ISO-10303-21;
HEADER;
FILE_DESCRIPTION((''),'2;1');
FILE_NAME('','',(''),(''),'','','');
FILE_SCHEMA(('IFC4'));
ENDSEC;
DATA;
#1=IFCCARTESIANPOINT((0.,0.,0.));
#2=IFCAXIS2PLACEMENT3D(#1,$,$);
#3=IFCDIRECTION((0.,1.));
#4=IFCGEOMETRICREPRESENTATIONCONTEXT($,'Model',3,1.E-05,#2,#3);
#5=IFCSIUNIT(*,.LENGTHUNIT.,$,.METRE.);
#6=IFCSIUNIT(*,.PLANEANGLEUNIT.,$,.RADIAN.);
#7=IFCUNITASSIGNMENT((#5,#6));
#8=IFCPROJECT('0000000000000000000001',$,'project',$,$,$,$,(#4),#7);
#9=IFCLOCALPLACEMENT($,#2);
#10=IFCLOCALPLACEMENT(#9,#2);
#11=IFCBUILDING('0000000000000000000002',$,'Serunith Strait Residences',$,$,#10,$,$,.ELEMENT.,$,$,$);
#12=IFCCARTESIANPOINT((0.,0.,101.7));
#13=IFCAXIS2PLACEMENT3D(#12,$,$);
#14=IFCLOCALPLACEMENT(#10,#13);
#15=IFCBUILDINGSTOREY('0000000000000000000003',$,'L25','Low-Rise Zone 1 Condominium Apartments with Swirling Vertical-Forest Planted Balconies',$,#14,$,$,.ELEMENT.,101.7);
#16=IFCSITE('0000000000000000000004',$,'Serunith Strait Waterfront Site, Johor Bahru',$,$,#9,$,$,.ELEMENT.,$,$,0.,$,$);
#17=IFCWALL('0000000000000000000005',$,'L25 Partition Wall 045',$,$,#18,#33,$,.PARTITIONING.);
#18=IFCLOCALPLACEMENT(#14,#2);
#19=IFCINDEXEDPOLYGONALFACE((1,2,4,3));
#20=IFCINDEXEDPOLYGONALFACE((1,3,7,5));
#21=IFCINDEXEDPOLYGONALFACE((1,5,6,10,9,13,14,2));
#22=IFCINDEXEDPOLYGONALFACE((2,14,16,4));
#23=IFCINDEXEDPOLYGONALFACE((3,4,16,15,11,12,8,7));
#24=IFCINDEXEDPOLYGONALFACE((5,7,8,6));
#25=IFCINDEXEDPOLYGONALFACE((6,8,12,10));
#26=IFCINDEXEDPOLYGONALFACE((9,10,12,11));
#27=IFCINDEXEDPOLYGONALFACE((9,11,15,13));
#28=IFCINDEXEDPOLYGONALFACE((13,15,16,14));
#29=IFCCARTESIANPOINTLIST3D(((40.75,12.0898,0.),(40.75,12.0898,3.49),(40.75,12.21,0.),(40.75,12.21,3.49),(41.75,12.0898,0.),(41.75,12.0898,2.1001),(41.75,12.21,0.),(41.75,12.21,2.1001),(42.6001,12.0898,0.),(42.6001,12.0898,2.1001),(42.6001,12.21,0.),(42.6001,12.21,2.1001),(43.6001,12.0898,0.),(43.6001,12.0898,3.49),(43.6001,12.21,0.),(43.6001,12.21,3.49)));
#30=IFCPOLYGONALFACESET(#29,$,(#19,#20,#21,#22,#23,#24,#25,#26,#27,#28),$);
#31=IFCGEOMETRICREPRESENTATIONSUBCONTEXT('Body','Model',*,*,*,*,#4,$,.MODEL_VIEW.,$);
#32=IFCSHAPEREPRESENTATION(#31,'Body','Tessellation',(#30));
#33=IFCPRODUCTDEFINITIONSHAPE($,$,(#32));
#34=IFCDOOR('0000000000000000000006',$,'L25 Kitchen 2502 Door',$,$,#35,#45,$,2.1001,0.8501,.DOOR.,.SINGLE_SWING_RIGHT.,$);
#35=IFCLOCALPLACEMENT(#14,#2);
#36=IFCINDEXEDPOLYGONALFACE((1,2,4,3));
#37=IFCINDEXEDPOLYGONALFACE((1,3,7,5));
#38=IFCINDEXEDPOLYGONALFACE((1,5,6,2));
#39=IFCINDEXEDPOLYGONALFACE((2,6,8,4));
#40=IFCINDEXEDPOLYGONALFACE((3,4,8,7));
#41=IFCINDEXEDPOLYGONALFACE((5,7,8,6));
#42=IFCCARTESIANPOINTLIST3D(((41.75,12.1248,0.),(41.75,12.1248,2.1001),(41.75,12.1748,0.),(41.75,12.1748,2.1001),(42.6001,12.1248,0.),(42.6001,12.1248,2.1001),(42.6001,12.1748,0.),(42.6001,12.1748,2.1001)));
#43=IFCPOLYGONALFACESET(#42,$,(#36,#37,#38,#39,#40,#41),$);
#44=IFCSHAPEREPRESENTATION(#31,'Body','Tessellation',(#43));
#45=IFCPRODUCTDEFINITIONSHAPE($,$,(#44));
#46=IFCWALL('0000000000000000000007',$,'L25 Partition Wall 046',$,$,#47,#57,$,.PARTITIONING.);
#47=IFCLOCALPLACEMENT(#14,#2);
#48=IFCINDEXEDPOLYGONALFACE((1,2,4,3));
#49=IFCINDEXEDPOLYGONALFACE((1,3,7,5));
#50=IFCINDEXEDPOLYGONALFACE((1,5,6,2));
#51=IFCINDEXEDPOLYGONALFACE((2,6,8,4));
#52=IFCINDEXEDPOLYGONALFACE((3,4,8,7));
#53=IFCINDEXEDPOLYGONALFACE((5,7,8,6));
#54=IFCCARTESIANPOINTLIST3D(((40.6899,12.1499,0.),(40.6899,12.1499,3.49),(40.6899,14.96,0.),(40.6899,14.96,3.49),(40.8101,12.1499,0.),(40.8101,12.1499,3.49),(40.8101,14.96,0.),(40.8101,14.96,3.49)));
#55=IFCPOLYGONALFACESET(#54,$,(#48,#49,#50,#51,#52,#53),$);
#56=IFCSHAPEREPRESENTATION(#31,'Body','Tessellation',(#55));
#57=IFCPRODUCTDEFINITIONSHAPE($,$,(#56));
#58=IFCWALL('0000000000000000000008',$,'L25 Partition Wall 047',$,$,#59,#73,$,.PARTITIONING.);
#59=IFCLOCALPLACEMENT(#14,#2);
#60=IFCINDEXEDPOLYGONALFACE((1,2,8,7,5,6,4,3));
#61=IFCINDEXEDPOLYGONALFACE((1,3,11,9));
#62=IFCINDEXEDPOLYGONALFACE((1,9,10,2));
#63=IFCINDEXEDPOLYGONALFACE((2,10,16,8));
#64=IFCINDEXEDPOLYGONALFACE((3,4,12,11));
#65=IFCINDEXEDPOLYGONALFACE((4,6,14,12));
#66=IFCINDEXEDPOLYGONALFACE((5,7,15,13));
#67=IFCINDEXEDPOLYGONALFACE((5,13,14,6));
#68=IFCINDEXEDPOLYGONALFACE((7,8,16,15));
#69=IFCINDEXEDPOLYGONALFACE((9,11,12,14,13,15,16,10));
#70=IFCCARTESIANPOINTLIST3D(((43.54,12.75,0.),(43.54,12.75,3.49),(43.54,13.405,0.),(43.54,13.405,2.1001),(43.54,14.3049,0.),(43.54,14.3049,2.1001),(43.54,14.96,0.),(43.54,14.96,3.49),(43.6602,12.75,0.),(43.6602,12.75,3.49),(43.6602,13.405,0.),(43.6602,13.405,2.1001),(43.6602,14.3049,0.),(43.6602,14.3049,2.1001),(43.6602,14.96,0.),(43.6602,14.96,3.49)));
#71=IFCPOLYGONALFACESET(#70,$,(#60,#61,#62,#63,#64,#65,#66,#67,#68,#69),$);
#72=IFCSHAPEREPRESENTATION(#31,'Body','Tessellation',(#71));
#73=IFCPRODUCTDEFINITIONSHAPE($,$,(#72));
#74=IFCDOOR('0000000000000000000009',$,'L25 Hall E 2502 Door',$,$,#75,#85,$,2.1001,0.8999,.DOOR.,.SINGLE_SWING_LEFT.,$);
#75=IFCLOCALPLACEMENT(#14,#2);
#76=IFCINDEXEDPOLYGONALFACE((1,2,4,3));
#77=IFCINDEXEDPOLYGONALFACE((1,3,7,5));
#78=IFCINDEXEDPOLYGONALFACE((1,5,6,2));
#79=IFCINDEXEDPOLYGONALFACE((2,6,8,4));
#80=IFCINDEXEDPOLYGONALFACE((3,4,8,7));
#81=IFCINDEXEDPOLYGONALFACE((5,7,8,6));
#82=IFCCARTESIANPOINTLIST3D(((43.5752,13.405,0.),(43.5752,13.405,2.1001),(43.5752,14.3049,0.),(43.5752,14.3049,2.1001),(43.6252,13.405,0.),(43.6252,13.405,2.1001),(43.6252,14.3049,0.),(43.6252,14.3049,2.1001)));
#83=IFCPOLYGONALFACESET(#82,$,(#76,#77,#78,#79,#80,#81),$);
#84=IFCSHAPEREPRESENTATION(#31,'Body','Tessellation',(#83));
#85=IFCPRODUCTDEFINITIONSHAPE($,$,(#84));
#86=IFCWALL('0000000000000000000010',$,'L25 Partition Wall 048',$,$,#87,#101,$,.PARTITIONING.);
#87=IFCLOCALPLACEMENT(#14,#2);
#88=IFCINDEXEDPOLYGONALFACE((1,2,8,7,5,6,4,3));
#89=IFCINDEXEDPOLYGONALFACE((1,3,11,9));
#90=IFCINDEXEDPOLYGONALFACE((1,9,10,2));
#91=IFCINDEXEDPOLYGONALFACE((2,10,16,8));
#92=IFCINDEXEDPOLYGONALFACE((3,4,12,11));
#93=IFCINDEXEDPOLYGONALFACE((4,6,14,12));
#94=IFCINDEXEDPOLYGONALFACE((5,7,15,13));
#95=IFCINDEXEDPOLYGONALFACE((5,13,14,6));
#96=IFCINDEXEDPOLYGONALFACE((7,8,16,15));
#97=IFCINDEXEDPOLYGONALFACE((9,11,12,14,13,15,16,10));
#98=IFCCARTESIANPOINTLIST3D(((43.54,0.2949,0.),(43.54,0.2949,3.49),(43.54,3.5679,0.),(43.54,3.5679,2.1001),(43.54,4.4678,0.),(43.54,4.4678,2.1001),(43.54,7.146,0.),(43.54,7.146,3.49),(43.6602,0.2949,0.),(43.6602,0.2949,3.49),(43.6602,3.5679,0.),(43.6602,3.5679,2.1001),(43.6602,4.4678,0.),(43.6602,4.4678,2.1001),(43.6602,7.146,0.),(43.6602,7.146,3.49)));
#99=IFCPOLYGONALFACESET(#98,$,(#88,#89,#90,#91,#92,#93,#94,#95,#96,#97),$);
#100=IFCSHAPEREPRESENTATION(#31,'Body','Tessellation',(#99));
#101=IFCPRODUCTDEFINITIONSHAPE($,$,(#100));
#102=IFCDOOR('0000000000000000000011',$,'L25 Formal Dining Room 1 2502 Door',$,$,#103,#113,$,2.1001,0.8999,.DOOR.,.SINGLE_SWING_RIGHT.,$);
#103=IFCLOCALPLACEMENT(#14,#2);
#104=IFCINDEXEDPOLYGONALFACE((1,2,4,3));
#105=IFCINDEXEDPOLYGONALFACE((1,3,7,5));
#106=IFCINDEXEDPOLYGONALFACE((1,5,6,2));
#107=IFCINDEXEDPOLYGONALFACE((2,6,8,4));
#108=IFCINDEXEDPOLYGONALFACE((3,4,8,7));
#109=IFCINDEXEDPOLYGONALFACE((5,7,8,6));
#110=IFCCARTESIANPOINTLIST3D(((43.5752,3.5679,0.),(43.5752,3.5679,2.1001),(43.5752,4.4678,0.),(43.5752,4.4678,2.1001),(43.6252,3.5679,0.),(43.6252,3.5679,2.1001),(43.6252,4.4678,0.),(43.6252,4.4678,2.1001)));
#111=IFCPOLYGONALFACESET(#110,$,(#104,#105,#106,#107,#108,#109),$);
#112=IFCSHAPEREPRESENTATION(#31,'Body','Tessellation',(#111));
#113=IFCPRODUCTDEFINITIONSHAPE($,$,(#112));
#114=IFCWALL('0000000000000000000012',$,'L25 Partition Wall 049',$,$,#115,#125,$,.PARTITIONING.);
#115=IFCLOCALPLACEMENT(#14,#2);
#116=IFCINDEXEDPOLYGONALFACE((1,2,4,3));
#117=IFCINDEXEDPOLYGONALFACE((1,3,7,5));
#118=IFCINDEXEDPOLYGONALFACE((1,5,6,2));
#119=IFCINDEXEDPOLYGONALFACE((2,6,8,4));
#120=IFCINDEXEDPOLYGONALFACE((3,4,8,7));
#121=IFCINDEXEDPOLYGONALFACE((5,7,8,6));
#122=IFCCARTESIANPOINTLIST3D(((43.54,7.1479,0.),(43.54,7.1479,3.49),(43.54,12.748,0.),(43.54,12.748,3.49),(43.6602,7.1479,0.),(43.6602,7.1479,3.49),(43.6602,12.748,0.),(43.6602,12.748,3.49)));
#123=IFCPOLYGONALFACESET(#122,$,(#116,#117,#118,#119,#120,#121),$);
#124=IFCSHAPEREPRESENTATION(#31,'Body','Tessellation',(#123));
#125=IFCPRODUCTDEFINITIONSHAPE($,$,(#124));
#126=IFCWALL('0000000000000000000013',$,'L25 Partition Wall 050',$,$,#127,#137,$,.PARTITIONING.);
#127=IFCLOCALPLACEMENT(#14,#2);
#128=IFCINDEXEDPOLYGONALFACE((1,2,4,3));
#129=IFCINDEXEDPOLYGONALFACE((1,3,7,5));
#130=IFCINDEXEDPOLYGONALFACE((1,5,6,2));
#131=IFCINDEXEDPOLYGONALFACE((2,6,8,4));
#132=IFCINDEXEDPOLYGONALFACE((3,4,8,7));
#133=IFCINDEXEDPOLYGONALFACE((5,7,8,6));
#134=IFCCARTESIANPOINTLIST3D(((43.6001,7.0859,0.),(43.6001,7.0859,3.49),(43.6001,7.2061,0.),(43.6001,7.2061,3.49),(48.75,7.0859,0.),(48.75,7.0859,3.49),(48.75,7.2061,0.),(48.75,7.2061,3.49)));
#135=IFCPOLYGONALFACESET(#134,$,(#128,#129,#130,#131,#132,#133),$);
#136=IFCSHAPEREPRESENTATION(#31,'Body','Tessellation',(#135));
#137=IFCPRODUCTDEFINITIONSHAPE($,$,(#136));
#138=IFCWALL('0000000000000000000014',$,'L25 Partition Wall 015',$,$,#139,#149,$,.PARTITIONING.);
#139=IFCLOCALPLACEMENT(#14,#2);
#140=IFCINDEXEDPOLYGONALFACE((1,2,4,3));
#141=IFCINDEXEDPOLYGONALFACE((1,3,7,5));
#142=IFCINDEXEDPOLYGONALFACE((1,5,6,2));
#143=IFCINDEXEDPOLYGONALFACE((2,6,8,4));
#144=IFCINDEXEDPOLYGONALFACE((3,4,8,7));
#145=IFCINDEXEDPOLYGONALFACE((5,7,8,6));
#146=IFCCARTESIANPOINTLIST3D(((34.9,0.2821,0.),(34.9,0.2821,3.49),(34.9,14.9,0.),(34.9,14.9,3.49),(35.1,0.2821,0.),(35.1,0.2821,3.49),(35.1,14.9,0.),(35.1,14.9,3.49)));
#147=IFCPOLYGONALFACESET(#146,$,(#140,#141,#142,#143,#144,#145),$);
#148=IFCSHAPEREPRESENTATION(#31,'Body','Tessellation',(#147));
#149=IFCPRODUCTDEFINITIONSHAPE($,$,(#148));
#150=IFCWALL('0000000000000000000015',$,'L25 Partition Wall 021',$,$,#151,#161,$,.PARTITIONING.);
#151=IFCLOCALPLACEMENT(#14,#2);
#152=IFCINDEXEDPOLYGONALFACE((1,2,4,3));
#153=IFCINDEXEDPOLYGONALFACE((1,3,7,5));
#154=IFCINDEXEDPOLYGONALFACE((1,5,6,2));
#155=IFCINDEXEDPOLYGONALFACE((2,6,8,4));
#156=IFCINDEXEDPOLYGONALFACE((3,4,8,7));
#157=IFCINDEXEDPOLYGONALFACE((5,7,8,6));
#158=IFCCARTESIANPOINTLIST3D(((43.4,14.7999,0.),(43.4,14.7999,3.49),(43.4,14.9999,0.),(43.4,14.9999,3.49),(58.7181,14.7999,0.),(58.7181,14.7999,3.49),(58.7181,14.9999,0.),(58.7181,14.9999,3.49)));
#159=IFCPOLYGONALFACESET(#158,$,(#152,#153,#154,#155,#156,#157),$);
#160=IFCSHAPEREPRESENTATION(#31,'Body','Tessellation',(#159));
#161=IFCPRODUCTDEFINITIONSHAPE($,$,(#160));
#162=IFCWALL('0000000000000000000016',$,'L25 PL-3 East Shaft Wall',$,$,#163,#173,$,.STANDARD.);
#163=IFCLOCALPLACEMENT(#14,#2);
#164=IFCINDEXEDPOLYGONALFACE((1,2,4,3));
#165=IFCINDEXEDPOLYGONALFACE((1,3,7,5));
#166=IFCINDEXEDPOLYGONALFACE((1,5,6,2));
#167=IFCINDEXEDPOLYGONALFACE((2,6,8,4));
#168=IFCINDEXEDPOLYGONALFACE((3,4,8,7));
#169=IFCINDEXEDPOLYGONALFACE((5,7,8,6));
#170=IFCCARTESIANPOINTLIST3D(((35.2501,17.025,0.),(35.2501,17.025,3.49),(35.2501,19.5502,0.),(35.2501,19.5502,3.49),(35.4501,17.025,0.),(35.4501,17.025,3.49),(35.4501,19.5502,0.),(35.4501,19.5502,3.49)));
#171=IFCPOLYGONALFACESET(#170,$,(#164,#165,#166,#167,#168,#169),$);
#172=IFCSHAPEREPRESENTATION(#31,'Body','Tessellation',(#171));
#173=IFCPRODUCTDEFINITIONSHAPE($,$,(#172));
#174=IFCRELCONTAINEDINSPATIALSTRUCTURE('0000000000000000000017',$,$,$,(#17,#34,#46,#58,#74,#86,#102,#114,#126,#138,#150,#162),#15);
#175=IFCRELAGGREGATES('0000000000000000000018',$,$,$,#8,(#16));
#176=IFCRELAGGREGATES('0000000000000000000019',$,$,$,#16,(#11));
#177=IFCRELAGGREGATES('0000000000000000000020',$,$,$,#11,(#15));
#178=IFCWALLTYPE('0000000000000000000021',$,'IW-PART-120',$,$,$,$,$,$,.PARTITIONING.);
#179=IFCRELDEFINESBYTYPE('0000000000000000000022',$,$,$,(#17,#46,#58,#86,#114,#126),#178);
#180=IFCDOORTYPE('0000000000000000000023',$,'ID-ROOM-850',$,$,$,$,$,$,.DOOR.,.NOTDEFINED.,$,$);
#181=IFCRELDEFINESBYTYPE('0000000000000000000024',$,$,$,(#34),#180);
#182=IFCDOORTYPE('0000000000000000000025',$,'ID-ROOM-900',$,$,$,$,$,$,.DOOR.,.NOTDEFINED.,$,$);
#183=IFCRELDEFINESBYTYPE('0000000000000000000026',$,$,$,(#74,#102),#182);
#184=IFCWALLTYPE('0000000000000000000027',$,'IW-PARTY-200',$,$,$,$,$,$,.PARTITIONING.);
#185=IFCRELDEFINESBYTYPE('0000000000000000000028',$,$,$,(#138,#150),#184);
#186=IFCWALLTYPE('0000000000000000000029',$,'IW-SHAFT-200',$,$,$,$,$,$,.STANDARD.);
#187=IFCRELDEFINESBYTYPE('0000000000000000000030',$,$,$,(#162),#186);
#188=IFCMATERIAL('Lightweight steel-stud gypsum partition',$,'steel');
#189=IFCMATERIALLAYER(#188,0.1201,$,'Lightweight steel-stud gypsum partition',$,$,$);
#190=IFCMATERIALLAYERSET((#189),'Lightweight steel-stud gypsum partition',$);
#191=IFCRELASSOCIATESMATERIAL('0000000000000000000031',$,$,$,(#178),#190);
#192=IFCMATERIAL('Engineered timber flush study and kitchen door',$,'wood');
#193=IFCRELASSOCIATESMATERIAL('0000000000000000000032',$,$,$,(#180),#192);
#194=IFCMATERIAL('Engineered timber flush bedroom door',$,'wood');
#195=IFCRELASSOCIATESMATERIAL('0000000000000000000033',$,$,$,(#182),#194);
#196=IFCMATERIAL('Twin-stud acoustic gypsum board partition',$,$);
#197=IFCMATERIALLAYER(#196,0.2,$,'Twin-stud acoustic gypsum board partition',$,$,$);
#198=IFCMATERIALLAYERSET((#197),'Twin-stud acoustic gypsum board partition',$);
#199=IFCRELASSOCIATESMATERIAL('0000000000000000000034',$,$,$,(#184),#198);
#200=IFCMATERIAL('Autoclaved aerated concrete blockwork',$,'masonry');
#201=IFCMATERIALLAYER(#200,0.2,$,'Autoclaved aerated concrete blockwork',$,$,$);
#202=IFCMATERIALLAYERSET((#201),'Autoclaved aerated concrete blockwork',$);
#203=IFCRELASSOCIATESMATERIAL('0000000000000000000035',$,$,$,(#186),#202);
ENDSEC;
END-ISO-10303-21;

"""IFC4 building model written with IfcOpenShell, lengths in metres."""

from ifc_helpers import new_model, si_unit, direction, frame, frame_2d, origin, place, context, subcontext, project, spatial, rectangle, extrude, source, transform, mapped, material, layer, layer_set, type_object, element, fill, save


model = new_model("IFC4")

# Units and contexts
model_context = context("Model", 3, precision=1e-05, world=origin(), true_north=direction((0.0, 1.0)))
body_context = subcontext(model_context, "Body", "Model", "MODEL_VIEW")
ifc_project = project(units=[si_unit("LENGTHUNIT", "METRE"), si_unit("PLANEANGLEUNIT", "RADIAN")], contexts=[model_context])

# Site, building, storey
site_placement = place(None, origin())
site = spatial("IfcSite", under=ifc_project, at=site_placement, Name="Serunith Strait Waterfront Site, Johor Bahru", CompositionType="ELEMENT", RefElevation=0.0)
building_placement = place(site_placement, origin())
building = spatial("IfcBuilding", under=site, at=building_placement, Name="Serunith Strait Residences", CompositionType="ELEMENT")
storey_placement = place(building_placement, frame((0.0, 0.0, 101.7)))
storey = spatial("IfcBuildingStorey", under=building, at=storey_placement, Name="L25", Description="Low-Rise Zone 1 Condominium Apartments with Swirling Vertical-Forest Planted Balconies", CompositionType="ELEMENT", Elevation=101.7)

# Wall, opening, door
ifc_material_1 = material(Name="Lightweight steel-stud gypsum partition", Category="steel")
ifc_layer_1 = layer(ifc_material_1, 0.1201, Name="Lightweight steel-stud gypsum partition")
ifc_layer_set_1 = layer_set([ifc_layer_1], Name="Lightweight steel-stud gypsum partition")
wall_type_1 = type_object("IfcWallType", Name="IW-PART-120", PredefinedType="PARTITIONING", material=ifc_layer_set_1)
wall_1_placement = place(storey_placement, frame((40.75, 12.1499, 0.0), z_axis=(0.0, 0.0, 1.0), x_axis=(1.0, 0.0, 0.0)))
wall_1 = element("IfcWall", 1, at=wall_1_placement, inside=storey, type_object=wall_type_1, Name="L25 Partition Wall 045", PredefinedType="PARTITIONING", context=body_context, shape_type="SweptSolid", body=[
    extrude(rectangle(XDim=2.8501, YDim=0.1201, at=frame_2d((1.425, 0.0))), origin(), (0.0, 0.0, 1.0), 3.49),
])
opening_1_placement = place(wall_1_placement, frame((1.0, 0.0, 0.0)))
opening_1 = element("IfcOpeningElement", 2, at=opening_1_placement, cuts=wall_1, PredefinedType="OPENING", context=body_context, shape_type="SweptSolid", body=[
    extrude(rectangle(XDim=0.8501, YDim=2.1001, at=frame_2d((0.425, 1.05))), frame((0.0, 0.0701, 0.0), z_axis=(0.0, -1.0, 0.0), x_axis=(1.0, 0.0, 0.0)), (0.0, 0.0, 1.0), 0.1401),
])
ifc_material_2 = material(Name="Engineered timber flush study and kitchen door", Category="wood")
door_type_1 = type_object("IfcDoorType", Name="ID-ROOM-850", OperationType="NOTDEFINED", PredefinedType="DOOR", material=ifc_material_2)
shared_shape_1 = source(origin(), body_context, "Body", "SweptSolid", [
    extrude(rectangle(XDim=0.8501, YDim=2.1001, at=frame_2d((0.425, 1.05))), frame((0.0, 0.0249, 0.0), z_axis=(0.0, -1.0, 0.0), x_axis=(1.0, 0.0, 0.0)), (0.0, 0.0, 1.0), 0.05),
])
door_1_placement = place(opening_1_placement, origin())
door_1 = element("IfcDoor", 3, at=door_1_placement, inside=storey, type_object=door_type_1, Name="L25 Kitchen 2502 Door", OperationType="SINGLE_SWING_RIGHT", OverallHeight=2.1001, OverallWidth=0.8501, PredefinedType="DOOR", context=body_context, shape_type="MappedRepresentation", body=[
    mapped(shared_shape_1, transform((0.0, 0.0, 0.0), scale=1.0)),
])
fill(opening_1, door_1)

# Wall
wall_2_placement = place(storey_placement, frame((40.75, 12.1499, 0.0), z_axis=(0.0, 0.0, 1.0), x_axis=(0.0, 1.0, 0.0)))
element("IfcWall", 4, at=wall_2_placement, inside=storey, type_object=wall_type_1, Name="L25 Partition Wall 046", PredefinedType="PARTITIONING", context=body_context, shape_type="SweptSolid", body=[
    extrude(rectangle(XDim=2.8101, YDim=0.1201, at=frame_2d((1.405, 0.0))), origin(), (0.0, 0.0, 1.0), 3.49),
])

# Walls, openings, doors
wall_3_placement = place(storey_placement, frame((43.6001, 12.75, 0.0), z_axis=(0.0, 0.0, 1.0), x_axis=(0.0, 1.0, 0.0)))
wall_3 = element("IfcWall", 5, at=wall_3_placement, inside=storey, type_object=wall_type_1, Name="L25 Partition Wall 047", PredefinedType="PARTITIONING", context=body_context, shape_type="SweptSolid", body=[
    extrude(rectangle(XDim=2.21, YDim=0.1201, at=frame_2d((1.105, 0.0))), origin(), (0.0, 0.0, 1.0), 3.49),
])
opening_2_placement = place(wall_3_placement, frame((0.655, 0.0, 0.0)))
opening_2 = element("IfcOpeningElement", 6, at=opening_2_placement, cuts=wall_3, PredefinedType="OPENING", context=body_context, shape_type="SweptSolid", body=[
    extrude(rectangle(XDim=0.8999, YDim=2.1001, at=frame_2d((0.45, 1.05))), frame((0.0, 0.0701, 0.0), z_axis=(0.0, -1.0, 0.0), x_axis=(1.0, 0.0, 0.0)), (0.0, 0.0, 1.0), 0.1401),
])
ifc_material_3 = material(Name="Engineered timber flush bedroom door", Category="wood")
door_type_2 = type_object("IfcDoorType", Name="ID-ROOM-900", OperationType="NOTDEFINED", PredefinedType="DOOR", material=ifc_material_3)
shared_shape_2 = source(origin(), body_context, "Body", "SweptSolid", [
    extrude(rectangle(XDim=0.8999, YDim=2.1001, at=frame_2d((0.45, 1.05))), frame((0.0, 0.0249, 0.0), z_axis=(0.0, -1.0, 0.0), x_axis=(1.0, 0.0, 0.0)), (0.0, 0.0, 1.0), 0.05),
])
door_2_placement = place(opening_2_placement, origin())
door_2 = element("IfcDoor", 7, at=door_2_placement, inside=storey, type_object=door_type_2, Name="L25 Hall E 2502 Door", OperationType="SINGLE_SWING_LEFT", OverallHeight=2.1001, OverallWidth=0.8999, PredefinedType="DOOR", context=body_context, shape_type="MappedRepresentation", body=[
    mapped(shared_shape_2, transform((0.0, 0.0, 0.0), scale=1.0)),
])
fill(opening_2, door_2)
wall_4_placement = place(storey_placement, frame((43.6001, 0.2949, 0.0), z_axis=(0.0, 0.0, 1.0), x_axis=(0.0, 1.0, 0.0)))
wall_4 = element("IfcWall", 8, at=wall_4_placement, inside=storey, type_object=wall_type_1, Name="L25 Partition Wall 048", PredefinedType="PARTITIONING", context=body_context, shape_type="SweptSolid", body=[
    extrude(rectangle(XDim=6.8511, YDim=0.1201, at=frame_2d((3.4255, 0.0))), origin(), (0.0, 0.0, 1.0), 3.49),
])
opening_3_placement = place(wall_4_placement, frame((3.2729, 0.0, 0.0)))
opening_3 = element("IfcOpeningElement", 9, at=opening_3_placement, cuts=wall_4, PredefinedType="OPENING", context=body_context, shape_type="SweptSolid", body=[
    extrude(rectangle(XDim=0.8999, YDim=2.1001, at=frame_2d((0.45, 1.05))), frame((0.0, 0.0701, 0.0), z_axis=(0.0, -1.0, 0.0), x_axis=(1.0, 0.0, 0.0)), (0.0, 0.0, 1.0), 0.1401),
])
door_3_placement = place(opening_3_placement, origin())
door_3 = element("IfcDoor", 10, at=door_3_placement, inside=storey, type_object=door_type_2, Name="L25 Formal Dining Room 1 2502 Door", OperationType="SINGLE_SWING_RIGHT", OverallHeight=2.1001, OverallWidth=0.8999, PredefinedType="DOOR", context=body_context, shape_type="MappedRepresentation", body=[
    mapped(shared_shape_2, transform((0.0, 0.0, 0.0), scale=1.0)),
])
fill(opening_3, door_3)

# Walls
wall_5_placement = place(storey_placement, frame((43.6001, 7.1479, 0.0), z_axis=(0.0, 0.0, 1.0), x_axis=(0.0, 1.0, 0.0)))
element("IfcWall", 11, at=wall_5_placement, inside=storey, type_object=wall_type_1, Name="L25 Partition Wall 049", PredefinedType="PARTITIONING", context=body_context, shape_type="SweptSolid", body=[
    extrude(rectangle(XDim=5.6001, YDim=0.1201, at=frame_2d((2.8, 0.0))), origin(), (0.0, 0.0, 1.0), 3.49),
])
wall_6_placement = place(storey_placement, frame((43.6001, 7.146, 0.0), z_axis=(0.0, 0.0, 1.0), x_axis=(1.0, 0.0, 0.0)))
element("IfcWall", 12, at=wall_6_placement, inside=storey, type_object=wall_type_1, Name="L25 Partition Wall 050", PredefinedType="PARTITIONING", context=body_context, shape_type="SweptSolid", body=[
    extrude(rectangle(XDim=5.1499, YDim=0.1201, at=frame_2d((2.575, 0.0))), origin(), (0.0, 0.0, 1.0), 3.49),
])
ifc_material_4 = material(Name="Twin-stud acoustic gypsum board partition")
ifc_layer_2 = layer(ifc_material_4, 0.2, Name="Twin-stud acoustic gypsum board partition")
ifc_layer_set_2 = layer_set([ifc_layer_2], Name="Twin-stud acoustic gypsum board partition")
wall_type_2 = type_object("IfcWallType", Name="IW-PARTY-200", PredefinedType="PARTITIONING", material=ifc_layer_set_2)
wall_7_placement = place(storey_placement, frame((35.0, 0.282, 0.0), z_axis=(0.0, 0.0, 1.0), x_axis=(0.0, 1.0, 0.0)))
element("IfcWall", 13, at=wall_7_placement, inside=storey, type_object=wall_type_2, Name="L25 Partition Wall 015", PredefinedType="PARTITIONING", context=body_context, shape_type="SweptSolid", body=[
    extrude(rectangle(XDim=14.6179, YDim=0.2, at=frame_2d((7.3091, 0.0))), origin(), (0.0, 0.0, 1.0), 3.49),
])
wall_8_placement = place(storey_placement, frame((43.3999, 14.8999, 0.0), z_axis=(0.0, 0.0, 1.0), x_axis=(1.0, 0.0, 0.0)))
element("IfcWall", 14, at=wall_8_placement, inside=storey, type_object=wall_type_2, Name="L25 Partition Wall 021", PredefinedType="PARTITIONING", context=body_context, shape_type="SweptSolid", body=[
    extrude(rectangle(XDim=15.3181, YDim=0.2, at=frame_2d((7.6592, 0.0))), origin(), (0.0, 0.0, 1.0), 3.49),
])
ifc_material_5 = material(Name="Autoclaved aerated concrete blockwork", Category="masonry")
ifc_layer_3 = layer(ifc_material_5, 0.2, Name="Autoclaved aerated concrete blockwork")
ifc_layer_set_3 = layer_set([ifc_layer_3], Name="Autoclaved aerated concrete blockwork")
wall_type_3 = type_object("IfcWallType", Name="IW-SHAFT-200", PredefinedType="STANDARD", material=ifc_layer_set_3)
wall_9_placement = place(storey_placement, frame((35.3501, 17.0249, 0.0), z_axis=(0.0, 0.0, 1.0), x_axis=(0.0, 1.0, 0.0)))
element("IfcWall", 15, at=wall_9_placement, inside=storey, type_object=wall_type_3, Name="L25 PL-3 East Shaft Wall", PredefinedType="STANDARD", context=body_context, shape_type="SweptSolid", body=[
    extrude(rectangle(XDim=2.5251, YDim=0.2, at=frame_2d((1.2627, 0.0))), origin(), (0.0, 0.0, 1.0), 3.49),
])

save(model, "model.ifc")
